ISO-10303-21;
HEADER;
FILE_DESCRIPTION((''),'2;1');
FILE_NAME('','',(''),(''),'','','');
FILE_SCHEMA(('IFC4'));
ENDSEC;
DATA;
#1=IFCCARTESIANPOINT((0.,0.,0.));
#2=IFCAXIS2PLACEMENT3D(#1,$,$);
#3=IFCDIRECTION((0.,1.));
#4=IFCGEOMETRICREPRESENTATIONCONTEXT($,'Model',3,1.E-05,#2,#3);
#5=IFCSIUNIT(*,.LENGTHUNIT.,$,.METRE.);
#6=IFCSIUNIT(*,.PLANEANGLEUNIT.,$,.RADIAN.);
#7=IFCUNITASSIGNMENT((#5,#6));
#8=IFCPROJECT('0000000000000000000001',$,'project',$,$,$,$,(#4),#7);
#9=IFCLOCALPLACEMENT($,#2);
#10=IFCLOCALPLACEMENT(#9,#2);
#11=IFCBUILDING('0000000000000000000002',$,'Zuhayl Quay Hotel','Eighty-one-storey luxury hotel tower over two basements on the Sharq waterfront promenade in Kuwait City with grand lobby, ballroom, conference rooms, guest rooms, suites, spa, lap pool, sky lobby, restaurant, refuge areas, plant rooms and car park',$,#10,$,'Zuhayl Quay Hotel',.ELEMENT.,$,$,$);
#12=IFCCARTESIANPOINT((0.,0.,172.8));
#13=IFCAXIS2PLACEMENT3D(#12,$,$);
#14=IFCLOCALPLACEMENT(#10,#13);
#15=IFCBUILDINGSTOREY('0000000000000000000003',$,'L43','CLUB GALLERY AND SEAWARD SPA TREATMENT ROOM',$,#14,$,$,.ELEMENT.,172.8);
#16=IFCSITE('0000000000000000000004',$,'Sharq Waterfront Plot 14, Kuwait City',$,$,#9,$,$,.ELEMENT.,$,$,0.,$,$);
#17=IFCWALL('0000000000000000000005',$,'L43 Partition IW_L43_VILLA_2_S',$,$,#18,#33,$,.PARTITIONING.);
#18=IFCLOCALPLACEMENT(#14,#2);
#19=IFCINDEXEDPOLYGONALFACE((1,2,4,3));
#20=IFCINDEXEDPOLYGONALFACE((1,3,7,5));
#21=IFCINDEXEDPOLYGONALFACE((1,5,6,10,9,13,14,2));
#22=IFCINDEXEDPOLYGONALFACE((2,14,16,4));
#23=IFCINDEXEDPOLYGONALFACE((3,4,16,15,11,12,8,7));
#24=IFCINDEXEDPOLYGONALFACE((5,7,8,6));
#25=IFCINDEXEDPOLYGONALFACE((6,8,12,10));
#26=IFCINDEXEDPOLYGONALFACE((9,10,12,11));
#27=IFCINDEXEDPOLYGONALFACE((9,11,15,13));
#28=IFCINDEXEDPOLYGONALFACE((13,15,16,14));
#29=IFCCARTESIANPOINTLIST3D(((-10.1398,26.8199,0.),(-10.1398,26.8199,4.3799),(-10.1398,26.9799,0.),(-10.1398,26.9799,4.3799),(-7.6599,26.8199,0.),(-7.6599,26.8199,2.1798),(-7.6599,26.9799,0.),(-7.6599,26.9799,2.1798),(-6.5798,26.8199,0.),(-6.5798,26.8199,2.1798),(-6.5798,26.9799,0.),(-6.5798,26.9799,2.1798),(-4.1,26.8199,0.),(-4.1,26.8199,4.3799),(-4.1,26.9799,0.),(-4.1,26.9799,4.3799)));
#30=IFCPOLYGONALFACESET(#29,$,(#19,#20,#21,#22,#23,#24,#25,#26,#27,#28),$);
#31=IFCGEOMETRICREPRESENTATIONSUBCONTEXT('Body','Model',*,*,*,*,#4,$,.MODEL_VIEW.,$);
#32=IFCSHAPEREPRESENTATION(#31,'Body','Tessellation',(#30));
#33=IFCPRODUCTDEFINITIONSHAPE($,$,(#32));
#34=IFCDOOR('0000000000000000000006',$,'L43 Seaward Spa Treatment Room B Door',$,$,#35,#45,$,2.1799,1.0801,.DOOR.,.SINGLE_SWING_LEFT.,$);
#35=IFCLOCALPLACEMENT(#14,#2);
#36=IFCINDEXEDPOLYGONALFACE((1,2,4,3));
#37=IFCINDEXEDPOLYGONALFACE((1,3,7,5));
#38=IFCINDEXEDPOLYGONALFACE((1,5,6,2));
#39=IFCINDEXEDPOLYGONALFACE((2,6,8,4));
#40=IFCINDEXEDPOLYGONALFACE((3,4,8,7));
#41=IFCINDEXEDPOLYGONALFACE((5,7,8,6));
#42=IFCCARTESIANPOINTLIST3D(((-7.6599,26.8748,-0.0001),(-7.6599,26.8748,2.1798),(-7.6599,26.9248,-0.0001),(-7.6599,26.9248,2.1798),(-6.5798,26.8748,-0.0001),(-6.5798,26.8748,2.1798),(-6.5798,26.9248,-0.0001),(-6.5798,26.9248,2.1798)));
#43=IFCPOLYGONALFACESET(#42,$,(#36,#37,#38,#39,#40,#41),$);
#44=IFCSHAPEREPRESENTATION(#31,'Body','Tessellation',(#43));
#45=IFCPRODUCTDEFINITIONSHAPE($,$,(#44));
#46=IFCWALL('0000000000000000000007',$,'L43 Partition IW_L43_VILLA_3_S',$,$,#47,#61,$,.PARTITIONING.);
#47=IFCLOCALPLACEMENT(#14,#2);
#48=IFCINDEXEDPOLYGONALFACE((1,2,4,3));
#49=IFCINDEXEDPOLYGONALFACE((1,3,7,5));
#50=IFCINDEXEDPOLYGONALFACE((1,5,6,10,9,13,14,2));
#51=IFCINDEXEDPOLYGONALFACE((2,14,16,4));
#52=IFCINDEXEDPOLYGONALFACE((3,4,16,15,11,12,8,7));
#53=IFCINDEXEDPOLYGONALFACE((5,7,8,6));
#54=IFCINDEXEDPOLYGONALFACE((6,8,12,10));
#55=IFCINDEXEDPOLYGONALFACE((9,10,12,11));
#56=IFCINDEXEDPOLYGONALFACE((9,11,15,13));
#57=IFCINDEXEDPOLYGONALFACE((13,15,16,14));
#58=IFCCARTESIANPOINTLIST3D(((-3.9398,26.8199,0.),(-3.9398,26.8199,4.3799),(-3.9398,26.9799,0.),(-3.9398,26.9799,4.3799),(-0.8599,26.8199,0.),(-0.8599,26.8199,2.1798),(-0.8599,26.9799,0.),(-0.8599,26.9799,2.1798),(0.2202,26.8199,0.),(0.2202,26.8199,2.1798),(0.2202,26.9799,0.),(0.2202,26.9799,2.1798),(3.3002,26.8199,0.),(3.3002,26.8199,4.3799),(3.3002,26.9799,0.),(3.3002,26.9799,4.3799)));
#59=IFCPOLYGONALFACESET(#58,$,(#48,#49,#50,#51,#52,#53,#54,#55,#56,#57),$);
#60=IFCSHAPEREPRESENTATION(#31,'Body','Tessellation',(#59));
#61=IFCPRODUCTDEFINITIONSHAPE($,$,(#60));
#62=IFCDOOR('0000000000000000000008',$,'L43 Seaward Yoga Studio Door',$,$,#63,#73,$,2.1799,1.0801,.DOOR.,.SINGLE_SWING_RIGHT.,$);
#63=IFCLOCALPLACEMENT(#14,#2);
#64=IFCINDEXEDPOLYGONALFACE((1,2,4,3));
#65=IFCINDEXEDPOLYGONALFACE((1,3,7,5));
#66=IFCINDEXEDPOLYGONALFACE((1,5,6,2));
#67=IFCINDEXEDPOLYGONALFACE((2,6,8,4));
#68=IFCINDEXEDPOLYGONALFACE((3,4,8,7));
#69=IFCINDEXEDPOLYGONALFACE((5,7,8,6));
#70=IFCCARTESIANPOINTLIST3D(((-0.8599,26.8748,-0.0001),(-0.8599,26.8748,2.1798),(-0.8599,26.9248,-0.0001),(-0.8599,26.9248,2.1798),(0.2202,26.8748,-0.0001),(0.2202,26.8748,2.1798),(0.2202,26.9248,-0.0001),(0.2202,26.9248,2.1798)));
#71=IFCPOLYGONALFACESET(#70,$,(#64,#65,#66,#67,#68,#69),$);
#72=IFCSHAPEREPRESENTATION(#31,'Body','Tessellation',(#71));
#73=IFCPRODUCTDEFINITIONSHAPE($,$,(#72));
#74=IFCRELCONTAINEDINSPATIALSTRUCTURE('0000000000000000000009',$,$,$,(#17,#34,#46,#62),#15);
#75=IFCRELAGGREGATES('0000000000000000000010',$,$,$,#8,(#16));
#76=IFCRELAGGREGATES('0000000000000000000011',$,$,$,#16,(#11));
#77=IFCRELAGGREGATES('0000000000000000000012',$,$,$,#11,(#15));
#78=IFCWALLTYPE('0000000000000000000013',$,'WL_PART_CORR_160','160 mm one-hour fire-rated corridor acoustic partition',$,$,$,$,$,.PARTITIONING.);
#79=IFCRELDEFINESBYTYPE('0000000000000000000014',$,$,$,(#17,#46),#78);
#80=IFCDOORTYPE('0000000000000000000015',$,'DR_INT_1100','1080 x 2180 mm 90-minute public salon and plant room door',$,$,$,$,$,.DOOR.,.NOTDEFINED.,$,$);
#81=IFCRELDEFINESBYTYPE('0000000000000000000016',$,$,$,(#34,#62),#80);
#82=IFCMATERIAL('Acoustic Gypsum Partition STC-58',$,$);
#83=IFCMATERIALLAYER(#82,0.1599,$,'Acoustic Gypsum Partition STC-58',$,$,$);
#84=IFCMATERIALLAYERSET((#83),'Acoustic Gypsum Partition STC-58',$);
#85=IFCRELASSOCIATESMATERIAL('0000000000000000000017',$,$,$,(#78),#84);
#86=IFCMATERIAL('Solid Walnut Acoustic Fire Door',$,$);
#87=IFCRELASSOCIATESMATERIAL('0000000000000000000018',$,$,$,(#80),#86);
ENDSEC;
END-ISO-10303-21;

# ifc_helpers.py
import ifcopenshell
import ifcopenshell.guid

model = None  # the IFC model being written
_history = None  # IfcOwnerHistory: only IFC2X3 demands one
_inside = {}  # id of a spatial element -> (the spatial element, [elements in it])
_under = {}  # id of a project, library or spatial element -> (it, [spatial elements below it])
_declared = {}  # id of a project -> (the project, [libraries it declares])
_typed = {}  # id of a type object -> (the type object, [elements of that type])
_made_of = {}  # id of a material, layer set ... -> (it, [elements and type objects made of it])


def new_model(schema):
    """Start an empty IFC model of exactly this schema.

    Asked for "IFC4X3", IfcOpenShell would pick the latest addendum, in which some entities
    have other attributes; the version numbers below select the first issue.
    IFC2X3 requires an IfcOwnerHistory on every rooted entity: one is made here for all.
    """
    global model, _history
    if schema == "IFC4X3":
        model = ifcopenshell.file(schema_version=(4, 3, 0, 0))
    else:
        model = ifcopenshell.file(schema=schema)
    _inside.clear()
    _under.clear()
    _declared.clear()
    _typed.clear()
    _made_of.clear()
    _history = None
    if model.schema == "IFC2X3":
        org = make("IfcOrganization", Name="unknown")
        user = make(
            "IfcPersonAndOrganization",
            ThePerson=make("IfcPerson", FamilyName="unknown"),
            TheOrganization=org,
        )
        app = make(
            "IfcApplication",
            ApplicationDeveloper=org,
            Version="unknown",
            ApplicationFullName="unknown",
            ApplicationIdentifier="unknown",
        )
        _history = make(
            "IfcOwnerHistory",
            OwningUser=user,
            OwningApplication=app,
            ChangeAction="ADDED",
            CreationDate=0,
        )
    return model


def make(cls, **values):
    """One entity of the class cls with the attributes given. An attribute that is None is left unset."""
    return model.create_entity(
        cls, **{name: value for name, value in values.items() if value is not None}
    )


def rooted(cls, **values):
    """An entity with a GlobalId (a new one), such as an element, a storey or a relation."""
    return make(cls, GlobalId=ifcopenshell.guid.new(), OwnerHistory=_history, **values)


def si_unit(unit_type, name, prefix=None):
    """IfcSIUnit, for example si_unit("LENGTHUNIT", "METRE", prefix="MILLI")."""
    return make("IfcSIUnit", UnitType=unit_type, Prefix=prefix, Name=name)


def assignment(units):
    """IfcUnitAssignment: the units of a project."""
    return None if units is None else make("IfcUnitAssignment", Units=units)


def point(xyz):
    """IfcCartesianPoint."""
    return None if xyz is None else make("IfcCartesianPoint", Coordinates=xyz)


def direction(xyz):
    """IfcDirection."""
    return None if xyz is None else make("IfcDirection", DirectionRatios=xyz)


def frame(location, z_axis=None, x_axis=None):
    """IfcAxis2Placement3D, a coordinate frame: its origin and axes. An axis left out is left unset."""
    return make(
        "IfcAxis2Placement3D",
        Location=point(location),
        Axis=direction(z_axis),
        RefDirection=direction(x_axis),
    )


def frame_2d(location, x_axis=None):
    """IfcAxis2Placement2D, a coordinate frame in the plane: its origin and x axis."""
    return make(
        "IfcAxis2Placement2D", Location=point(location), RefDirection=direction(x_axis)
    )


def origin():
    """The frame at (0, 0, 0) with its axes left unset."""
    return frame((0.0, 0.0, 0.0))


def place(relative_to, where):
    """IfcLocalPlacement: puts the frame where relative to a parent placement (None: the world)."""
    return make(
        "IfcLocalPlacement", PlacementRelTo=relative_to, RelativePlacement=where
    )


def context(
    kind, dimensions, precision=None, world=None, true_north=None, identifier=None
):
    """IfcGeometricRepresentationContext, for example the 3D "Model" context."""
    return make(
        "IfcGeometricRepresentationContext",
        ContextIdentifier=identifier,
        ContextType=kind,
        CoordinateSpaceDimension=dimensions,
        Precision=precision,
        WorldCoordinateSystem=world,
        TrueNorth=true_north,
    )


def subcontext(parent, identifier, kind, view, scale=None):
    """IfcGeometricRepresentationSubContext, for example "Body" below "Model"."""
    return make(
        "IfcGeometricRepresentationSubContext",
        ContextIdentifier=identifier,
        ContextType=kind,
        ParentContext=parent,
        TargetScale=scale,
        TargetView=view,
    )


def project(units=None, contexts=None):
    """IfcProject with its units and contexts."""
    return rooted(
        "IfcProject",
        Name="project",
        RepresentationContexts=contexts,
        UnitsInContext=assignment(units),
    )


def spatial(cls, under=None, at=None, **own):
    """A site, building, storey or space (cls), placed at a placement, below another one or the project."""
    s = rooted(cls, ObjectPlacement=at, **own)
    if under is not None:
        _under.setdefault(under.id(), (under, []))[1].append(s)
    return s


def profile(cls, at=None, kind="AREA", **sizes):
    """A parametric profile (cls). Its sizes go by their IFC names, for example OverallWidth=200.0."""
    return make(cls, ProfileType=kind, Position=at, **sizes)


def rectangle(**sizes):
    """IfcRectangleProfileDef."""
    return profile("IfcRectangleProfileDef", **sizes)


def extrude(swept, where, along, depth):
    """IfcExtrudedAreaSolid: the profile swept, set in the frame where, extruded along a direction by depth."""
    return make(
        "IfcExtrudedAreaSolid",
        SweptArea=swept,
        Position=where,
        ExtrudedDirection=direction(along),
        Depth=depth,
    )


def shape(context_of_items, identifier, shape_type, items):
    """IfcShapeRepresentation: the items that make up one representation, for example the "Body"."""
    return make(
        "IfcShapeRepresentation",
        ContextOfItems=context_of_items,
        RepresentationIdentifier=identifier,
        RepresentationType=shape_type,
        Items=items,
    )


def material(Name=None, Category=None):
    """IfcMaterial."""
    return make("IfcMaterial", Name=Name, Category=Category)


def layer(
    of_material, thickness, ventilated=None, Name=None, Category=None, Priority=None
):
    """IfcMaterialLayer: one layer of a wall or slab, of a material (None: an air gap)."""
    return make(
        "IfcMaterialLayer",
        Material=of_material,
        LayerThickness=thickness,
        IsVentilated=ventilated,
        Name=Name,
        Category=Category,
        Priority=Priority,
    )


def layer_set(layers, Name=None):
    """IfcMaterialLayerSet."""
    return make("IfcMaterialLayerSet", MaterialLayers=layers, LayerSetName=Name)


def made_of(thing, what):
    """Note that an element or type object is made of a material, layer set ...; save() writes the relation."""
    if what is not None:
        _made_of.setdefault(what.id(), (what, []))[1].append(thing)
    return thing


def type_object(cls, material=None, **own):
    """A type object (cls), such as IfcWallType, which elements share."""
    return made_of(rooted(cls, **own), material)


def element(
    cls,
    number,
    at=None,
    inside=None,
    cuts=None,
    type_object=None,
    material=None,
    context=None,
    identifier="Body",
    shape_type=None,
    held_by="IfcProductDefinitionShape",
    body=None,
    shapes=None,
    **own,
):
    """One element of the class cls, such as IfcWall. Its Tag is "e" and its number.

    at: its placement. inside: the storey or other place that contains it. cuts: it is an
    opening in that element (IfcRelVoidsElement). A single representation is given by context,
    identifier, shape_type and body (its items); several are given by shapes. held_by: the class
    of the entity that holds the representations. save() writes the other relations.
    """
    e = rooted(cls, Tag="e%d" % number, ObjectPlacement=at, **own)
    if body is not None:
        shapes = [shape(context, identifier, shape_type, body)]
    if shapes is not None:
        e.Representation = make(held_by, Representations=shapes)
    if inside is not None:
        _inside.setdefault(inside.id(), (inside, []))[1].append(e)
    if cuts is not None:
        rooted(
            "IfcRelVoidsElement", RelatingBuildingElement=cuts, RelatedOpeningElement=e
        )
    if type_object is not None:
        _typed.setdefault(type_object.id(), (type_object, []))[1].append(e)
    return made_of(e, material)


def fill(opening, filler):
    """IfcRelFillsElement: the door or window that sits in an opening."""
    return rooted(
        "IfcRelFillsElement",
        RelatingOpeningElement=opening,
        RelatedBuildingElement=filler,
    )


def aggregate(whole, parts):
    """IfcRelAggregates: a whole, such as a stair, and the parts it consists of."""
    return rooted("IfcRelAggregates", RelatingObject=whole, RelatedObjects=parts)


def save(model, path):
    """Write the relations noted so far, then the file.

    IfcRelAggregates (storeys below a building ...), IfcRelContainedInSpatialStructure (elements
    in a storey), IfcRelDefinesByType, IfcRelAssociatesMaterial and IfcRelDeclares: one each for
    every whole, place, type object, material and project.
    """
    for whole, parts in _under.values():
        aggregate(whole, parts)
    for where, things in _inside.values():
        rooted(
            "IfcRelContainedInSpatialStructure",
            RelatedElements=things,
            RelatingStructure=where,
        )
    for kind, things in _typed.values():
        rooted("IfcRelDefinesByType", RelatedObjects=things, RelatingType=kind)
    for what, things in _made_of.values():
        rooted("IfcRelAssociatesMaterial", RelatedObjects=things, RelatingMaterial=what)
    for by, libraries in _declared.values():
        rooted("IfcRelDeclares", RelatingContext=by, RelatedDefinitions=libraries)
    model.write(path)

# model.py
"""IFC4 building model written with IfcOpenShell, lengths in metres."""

from ifc_helpers import new_model, si_unit, direction, frame, frame_2d, origin, place, context, subcontext, project, spatial, rectangle, extrude, material, layer, layer_set, type_object, element, fill, save


model = new_model("IFC4")

# Units and contexts
model_context = context("Model", 3, precision=1e-05, world=origin(), true_north=direction((0.0, 1.0)))
body_context = subcontext(model_context, "Body", "Model", "MODEL_VIEW")
ifc_project = project(units=[si_unit("LENGTHUNIT", "METRE"), si_unit("PLANEANGLEUNIT", "RADIAN")], contexts=[model_context])

# Site, building, storey
site_placement = place(None, origin())
site = spatial("IfcSite", under=ifc_project, at=site_placement, Name="Sharq Waterfront Plot 14, Kuwait City", CompositionType="ELEMENT", RefElevation=0.0)
building_placement = place(site_placement, origin())
building = spatial("IfcBuilding", under=site, at=building_placement, Name="Zuhayl Quay Hotel", Description="Eighty-one-storey luxury hotel tower over two basements on the Sharq waterfront promenade in Kuwait City with grand lobby, ballroom, conference rooms, guest rooms, suites, spa, lap pool, sky lobby, restaurant, refuge areas, plant rooms and car park", LongName="Zuhayl Quay Hotel", CompositionType="ELEMENT")
storey_placement = place(building_placement, frame((0.0, 0.0, 172.8)))
storey = spatial("IfcBuildingStorey", under=building, at=storey_placement, Name="L43", Description="CLUB GALLERY AND SEAWARD SPA TREATMENT ROOM", CompositionType="ELEMENT", Elevation=172.8)

# Shared definitions
ifc_material_1 = material(Name="Acoustic Gypsum Partition STC-58")

# Walls, openings, doors
ifc_layer_1 = layer(ifc_material_1, 0.1599, Name="Acoustic Gypsum Partition STC-58")
ifc_layer_set_1 = layer_set([ifc_layer_1], Name="Acoustic Gypsum Partition STC-58")
wall_type_1 = type_object("IfcWallType", Name="WL_PART_CORR_160", Description="160 mm one-hour fire-rated corridor acoustic partition", PredefinedType="PARTITIONING", material=ifc_layer_set_1)
wall_1_placement = place(storey_placement, frame((-10.1399, 26.8999, 0.0), z_axis=(0.0, 0.0, 1.0), x_axis=(1.0, 0.0, 0.0)))
wall_1 = element("IfcWall", 1, at=wall_1_placement, inside=storey, type_object=wall_type_1, Name="L43 Partition IW_L43_VILLA_2_S", PredefinedType="PARTITIONING", context=body_context, shape_type="SweptSolid", body=[
    extrude(rectangle(XDim=6.0398, YDim=0.1599, at=frame_2d((3.02, 0.0))), origin(), (0.0, 0.0, 1.0), 4.3799),
])
opening_1_placement = place(wall_1_placement, frame((2.48, 0.0, 0.0)))
opening_1 = element("IfcOpeningElement", 2, at=opening_1_placement, cuts=wall_1, PredefinedType="OPENING", context=body_context, shape_type="SweptSolid", body=[
    extrude(rectangle(XDim=1.0801, YDim=2.1799, at=frame_2d((0.54, 1.0898))), frame((0.0, 0.0898, 0.0), z_axis=(0.0, -1.0, 0.0), x_axis=(1.0, 0.0, 0.0)), (0.0, 0.0, 1.0), 0.1799),
])
ifc_material_2 = material(Name="Solid Walnut Acoustic Fire Door")
door_type_1 = type_object("IfcDoorType", Name="DR_INT_1100", Description="1080 x 2180 mm 90-minute public salon and plant room door", OperationType="NOTDEFINED", PredefinedType="DOOR", material=ifc_material_2)
door_1_placement = place(opening_1_placement, origin())
door_1 = element("IfcDoor", 3, at=door_1_placement, inside=storey, type_object=door_type_1, Name="L43 Seaward Spa Treatment Room B Door", OperationType="SINGLE_SWING_LEFT", OverallHeight=2.1799, OverallWidth=1.0801, PredefinedType="DOOR", context=body_context, shape_type="SweptSolid", body=[
    extrude(rectangle(XDim=1.0801, YDim=2.1799, at=frame_2d((0.54, 1.0898))), frame((0.0, 0.0249, 0.0), z_axis=(0.0, -1.0, 0.0), x_axis=(1.0, 0.0, 0.0)), (0.0, 0.0, 1.0), 0.05),
])
fill(opening_1, door_1)
wall_2_placement = place(storey_placement, frame((-3.9399, 26.8999, 0.0), z_axis=(0.0, 0.0, 1.0), x_axis=(1.0, 0.0, 0.0)))
wall_2 = element("IfcWall", 4, at=wall_2_placement, inside=storey, type_object=wall_type_1, Name="L43 Partition IW_L43_VILLA_3_S", PredefinedType="PARTITIONING", context=body_context, shape_type="SweptSolid", body=[
    extrude(rectangle(XDim=7.24, YDim=0.1599, at=frame_2d((3.6201, 0.0))), origin(), (0.0, 0.0, 1.0), 4.3799),
])
opening_2_placement = place(wall_2_placement, frame((3.0801, 0.0, 0.0)))
opening_2 = element("IfcOpeningElement", 5, at=opening_2_placement, cuts=wall_2, PredefinedType="OPENING", context=body_context, shape_type="SweptSolid", body=[
    extrude(rectangle(XDim=1.0801, YDim=2.1799, at=frame_2d((0.54, 1.0898))), frame((0.0, 0.0898, 0.0), z_axis=(0.0, -1.0, 0.0), x_axis=(1.0, 0.0, 0.0)), (0.0, 0.0, 1.0), 0.1799),
])
door_2_placement = place(opening_2_placement, origin())
door_2 = element("IfcDoor", 6, at=door_2_placement, inside=storey, type_object=door_type_1, Name="L43 Seaward Yoga Studio Door", OperationType="SINGLE_SWING_RIGHT", OverallHeight=2.1799, OverallWidth=1.0801, PredefinedType="DOOR", context=body_context, shape_type="SweptSolid", body=[
    extrude(rectangle(XDim=1.0801, YDim=2.1799, at=frame_2d((0.54, 1.0898))), frame((0.0, 0.0249, 0.0), z_axis=(0.0, -1.0, 0.0), x_axis=(1.0, 0.0, 0.0)), (0.0, 0.0, 1.0), 0.05),
])
fill(opening_2, door_2)

save(model, "model.ifc")
